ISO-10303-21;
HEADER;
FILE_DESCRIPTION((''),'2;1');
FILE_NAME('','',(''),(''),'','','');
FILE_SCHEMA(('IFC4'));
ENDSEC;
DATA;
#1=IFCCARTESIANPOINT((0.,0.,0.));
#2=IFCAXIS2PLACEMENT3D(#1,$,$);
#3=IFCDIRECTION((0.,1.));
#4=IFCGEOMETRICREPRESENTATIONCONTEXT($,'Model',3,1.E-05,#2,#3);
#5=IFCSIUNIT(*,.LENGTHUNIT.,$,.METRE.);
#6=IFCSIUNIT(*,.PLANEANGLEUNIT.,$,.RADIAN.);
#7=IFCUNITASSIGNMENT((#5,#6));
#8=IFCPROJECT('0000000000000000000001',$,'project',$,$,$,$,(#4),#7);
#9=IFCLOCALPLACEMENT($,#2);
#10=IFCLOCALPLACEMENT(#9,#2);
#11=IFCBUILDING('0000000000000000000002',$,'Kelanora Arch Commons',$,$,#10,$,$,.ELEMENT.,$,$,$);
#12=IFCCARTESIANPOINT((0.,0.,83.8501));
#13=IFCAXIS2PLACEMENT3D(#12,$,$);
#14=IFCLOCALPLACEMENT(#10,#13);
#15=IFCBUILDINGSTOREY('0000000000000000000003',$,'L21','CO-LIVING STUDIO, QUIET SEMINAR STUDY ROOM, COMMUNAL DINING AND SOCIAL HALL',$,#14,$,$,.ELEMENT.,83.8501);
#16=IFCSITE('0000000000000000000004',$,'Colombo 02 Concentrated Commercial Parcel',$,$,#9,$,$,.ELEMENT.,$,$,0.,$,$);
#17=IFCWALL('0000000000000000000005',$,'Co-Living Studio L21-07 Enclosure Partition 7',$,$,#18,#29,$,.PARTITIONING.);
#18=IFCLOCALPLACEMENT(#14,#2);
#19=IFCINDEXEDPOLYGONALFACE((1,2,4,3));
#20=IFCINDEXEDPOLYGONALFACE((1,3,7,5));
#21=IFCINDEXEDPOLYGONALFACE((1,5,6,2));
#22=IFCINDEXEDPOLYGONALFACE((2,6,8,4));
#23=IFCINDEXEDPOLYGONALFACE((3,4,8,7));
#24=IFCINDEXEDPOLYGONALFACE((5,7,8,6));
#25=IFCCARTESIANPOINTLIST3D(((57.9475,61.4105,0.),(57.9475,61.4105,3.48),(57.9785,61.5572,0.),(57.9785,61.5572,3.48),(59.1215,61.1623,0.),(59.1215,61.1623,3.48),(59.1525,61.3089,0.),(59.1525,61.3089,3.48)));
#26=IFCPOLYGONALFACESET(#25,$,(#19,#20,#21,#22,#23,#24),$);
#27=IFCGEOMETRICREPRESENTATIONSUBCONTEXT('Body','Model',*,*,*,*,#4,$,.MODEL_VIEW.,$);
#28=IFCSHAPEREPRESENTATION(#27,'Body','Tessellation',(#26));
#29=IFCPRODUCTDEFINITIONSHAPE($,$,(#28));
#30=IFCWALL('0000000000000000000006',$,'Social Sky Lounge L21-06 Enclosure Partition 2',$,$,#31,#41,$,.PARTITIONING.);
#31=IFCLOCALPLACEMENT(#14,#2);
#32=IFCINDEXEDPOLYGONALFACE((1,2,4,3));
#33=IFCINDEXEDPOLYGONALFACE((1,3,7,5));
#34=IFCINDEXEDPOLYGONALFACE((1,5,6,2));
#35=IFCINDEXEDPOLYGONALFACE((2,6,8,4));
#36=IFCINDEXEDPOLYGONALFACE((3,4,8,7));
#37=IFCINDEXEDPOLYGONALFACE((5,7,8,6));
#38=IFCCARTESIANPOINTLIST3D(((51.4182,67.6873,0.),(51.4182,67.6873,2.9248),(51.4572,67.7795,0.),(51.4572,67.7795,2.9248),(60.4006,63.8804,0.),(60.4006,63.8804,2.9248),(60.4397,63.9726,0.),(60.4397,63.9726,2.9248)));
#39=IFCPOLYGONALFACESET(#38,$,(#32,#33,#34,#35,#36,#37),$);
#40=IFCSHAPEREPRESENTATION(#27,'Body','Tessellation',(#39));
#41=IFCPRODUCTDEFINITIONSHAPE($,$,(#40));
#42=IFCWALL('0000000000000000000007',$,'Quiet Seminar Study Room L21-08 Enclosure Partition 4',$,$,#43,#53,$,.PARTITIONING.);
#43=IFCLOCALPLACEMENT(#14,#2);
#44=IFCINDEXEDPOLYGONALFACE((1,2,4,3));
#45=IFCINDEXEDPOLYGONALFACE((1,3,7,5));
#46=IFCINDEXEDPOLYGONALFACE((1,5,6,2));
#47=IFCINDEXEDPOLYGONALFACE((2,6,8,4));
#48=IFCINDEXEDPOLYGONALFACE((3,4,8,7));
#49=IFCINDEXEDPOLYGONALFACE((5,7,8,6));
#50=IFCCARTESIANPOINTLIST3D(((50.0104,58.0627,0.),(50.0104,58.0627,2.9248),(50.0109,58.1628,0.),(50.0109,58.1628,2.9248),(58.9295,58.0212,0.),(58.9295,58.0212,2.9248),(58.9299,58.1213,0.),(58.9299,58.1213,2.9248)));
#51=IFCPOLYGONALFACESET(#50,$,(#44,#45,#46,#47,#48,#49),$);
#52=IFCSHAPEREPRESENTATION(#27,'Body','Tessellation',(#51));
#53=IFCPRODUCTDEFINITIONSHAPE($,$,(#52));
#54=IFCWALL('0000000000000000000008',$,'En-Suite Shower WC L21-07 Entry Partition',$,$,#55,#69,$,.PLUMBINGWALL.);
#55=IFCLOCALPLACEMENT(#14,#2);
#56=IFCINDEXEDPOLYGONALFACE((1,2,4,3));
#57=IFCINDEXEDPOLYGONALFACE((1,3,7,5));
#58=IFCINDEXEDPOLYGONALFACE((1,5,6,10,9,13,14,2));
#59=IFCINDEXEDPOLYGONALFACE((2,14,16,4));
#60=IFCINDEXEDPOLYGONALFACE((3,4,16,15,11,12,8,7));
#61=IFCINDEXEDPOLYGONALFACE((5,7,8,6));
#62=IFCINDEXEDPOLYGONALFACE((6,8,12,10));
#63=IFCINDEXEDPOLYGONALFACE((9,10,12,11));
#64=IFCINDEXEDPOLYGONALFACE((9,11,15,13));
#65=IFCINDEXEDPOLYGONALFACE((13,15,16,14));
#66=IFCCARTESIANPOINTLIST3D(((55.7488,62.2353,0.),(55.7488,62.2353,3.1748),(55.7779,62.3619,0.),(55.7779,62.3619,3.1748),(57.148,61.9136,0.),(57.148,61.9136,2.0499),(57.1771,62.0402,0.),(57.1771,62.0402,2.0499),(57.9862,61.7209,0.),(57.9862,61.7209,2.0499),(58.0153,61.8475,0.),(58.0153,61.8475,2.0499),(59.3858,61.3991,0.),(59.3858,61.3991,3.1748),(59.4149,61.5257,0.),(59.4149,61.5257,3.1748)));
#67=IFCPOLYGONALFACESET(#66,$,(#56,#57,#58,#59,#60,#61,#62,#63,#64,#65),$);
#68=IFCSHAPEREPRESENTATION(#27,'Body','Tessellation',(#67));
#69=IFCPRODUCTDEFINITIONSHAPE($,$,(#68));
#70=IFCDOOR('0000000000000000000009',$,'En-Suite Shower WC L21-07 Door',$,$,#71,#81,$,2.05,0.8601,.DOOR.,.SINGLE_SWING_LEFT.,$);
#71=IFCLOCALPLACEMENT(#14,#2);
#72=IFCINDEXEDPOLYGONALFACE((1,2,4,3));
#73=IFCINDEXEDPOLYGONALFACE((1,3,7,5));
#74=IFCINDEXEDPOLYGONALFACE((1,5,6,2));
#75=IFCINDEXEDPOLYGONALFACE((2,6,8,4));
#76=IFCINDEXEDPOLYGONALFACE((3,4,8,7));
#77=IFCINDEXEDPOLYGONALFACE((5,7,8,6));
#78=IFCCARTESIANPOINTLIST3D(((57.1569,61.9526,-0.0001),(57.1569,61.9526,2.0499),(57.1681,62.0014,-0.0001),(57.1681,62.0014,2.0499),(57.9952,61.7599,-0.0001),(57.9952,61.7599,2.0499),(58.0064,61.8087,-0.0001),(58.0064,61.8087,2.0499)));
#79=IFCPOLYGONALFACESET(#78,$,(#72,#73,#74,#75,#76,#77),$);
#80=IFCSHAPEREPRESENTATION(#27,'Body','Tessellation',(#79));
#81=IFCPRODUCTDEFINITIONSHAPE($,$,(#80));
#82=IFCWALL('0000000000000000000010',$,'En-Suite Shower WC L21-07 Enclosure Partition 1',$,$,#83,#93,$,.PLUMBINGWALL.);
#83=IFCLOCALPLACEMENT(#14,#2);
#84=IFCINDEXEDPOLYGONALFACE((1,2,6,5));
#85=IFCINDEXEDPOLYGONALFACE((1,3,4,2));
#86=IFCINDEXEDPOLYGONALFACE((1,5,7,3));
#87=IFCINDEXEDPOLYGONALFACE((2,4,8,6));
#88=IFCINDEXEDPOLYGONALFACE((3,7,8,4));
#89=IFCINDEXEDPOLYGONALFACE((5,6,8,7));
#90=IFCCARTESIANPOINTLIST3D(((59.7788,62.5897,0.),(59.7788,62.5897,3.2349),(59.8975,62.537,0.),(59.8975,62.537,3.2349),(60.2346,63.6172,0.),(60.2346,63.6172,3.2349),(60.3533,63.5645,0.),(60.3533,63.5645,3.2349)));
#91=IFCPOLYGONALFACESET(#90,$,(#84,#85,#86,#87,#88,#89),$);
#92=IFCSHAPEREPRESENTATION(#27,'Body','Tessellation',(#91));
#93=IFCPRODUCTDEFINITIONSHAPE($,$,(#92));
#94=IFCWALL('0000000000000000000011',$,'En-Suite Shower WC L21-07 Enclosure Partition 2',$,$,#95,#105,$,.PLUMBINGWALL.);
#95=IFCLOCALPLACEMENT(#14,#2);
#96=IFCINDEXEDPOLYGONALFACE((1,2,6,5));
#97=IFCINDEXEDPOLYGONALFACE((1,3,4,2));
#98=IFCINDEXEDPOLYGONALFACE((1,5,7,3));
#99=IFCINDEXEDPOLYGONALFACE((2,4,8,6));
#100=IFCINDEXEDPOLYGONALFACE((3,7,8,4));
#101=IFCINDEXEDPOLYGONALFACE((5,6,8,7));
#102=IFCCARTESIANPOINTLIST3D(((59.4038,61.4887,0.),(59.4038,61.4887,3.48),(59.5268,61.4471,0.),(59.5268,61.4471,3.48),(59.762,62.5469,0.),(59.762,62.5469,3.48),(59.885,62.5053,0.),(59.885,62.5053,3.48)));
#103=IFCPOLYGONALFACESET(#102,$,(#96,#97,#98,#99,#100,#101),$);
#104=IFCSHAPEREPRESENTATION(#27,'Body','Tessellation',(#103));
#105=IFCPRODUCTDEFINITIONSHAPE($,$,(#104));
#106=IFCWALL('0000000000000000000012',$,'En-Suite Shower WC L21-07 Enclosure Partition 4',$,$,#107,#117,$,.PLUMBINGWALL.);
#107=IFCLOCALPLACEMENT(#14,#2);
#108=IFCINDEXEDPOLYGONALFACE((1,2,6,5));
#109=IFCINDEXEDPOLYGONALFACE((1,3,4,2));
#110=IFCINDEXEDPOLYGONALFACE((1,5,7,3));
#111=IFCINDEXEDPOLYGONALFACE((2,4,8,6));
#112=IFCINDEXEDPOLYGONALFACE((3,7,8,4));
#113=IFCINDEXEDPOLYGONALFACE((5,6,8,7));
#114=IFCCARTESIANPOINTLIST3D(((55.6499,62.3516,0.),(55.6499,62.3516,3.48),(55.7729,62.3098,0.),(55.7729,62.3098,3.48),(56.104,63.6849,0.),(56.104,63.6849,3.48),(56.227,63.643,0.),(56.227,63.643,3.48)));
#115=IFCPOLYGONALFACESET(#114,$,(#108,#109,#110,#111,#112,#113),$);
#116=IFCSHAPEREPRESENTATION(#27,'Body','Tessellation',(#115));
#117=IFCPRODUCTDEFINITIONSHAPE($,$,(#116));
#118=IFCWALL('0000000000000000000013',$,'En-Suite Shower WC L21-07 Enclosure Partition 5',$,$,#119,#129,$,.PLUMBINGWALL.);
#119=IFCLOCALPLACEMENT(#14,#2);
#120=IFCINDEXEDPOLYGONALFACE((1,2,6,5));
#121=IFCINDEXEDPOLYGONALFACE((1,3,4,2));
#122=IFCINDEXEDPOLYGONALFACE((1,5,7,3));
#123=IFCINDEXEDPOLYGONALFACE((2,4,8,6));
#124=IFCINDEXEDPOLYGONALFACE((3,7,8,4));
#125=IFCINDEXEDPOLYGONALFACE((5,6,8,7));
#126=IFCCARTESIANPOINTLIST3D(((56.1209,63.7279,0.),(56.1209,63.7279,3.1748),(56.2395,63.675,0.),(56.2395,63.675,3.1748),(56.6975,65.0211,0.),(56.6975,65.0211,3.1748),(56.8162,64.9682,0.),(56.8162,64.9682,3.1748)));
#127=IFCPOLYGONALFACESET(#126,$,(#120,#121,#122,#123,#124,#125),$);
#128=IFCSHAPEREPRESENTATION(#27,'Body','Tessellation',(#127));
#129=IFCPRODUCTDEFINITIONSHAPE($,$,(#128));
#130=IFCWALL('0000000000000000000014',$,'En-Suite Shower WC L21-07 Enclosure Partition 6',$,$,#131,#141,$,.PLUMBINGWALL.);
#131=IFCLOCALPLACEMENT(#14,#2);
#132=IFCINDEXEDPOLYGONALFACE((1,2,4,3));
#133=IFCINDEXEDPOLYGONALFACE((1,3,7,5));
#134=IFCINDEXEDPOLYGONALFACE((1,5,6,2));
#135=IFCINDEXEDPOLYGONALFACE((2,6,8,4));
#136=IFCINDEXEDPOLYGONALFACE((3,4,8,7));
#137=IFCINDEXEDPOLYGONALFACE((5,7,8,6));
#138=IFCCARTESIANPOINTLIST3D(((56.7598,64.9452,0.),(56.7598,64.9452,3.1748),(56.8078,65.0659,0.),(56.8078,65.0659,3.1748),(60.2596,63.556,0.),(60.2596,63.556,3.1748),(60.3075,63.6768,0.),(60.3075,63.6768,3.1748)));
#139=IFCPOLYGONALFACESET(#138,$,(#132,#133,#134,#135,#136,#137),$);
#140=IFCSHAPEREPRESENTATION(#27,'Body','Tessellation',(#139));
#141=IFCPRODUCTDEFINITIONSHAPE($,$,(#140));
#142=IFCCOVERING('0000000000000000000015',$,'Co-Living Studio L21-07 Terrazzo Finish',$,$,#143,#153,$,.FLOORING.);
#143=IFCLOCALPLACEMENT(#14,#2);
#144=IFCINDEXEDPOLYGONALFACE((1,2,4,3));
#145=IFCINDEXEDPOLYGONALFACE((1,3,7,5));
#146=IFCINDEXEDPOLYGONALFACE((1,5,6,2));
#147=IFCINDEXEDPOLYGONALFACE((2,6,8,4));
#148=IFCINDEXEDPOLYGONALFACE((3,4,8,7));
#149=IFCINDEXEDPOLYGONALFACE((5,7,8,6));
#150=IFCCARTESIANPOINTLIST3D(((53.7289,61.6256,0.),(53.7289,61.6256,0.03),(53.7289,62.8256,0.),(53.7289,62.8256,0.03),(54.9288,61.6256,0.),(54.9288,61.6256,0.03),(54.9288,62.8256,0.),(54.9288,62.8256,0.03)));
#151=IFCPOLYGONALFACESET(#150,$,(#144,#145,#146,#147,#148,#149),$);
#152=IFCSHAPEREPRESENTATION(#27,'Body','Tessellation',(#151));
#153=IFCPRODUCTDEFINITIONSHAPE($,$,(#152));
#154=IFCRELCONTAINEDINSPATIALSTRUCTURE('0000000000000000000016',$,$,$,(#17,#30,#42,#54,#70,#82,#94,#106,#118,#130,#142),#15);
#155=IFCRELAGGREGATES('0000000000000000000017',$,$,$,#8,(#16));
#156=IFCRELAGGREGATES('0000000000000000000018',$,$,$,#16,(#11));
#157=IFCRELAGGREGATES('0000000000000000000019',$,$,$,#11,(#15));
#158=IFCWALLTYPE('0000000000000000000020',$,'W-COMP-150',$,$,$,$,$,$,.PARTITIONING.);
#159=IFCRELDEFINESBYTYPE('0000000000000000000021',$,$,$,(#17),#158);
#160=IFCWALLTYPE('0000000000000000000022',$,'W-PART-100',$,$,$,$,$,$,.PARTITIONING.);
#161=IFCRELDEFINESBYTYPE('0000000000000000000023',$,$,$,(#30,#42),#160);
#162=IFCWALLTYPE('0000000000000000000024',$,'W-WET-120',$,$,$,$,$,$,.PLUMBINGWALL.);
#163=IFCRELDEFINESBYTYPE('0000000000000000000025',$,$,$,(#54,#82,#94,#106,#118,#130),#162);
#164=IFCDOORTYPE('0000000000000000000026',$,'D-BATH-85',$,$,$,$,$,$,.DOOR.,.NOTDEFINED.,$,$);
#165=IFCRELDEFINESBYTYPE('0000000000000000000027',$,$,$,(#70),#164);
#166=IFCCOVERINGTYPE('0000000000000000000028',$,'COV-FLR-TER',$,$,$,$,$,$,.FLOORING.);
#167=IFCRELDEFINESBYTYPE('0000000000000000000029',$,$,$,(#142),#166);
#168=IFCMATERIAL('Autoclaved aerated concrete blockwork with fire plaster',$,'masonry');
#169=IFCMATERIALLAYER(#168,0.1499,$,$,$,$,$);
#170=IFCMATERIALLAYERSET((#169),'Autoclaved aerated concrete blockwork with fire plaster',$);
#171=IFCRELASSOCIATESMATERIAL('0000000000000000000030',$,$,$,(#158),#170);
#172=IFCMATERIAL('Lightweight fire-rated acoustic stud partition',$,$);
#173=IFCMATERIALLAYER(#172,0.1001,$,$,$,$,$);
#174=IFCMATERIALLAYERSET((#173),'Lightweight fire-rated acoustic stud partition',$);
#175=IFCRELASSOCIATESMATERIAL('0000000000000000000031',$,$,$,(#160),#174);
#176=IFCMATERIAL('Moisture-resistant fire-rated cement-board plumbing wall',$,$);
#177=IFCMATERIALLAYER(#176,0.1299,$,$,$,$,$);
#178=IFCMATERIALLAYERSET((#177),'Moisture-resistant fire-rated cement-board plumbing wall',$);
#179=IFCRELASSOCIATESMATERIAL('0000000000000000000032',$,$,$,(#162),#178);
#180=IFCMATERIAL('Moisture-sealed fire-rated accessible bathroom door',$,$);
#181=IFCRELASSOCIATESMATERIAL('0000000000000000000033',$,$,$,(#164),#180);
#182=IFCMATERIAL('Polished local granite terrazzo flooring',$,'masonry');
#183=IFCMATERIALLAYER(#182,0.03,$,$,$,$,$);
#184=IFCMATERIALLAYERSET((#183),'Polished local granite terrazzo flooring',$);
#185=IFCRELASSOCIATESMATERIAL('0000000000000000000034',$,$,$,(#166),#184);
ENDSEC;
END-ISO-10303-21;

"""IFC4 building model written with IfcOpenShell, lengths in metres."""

from ifc_helpers import new_model, si_unit, direction, frame, frame_2d, origin, origin_2d, place, context, subcontext, project, spatial, rectangle, extrude, source, transform, mapped, material, layer, layer_set, type_object, element, fill, save


model = new_model("IFC4")

# Units and contexts
model_context = context("Model", 3, precision=1e-05, world=origin(), true_north=direction((0.0, 1.0)))
body_context = subcontext(model_context, "Body", "Model", "MODEL_VIEW")
ifc_project = project(units=[si_unit("LENGTHUNIT", "METRE"), si_unit("PLANEANGLEUNIT", "RADIAN")], contexts=[model_context])

# Site, building, storey
site_placement = place(None, origin())
site = spatial("IfcSite", under=ifc_project, at=site_placement, Name="Colombo 02 Concentrated Commercial Parcel", CompositionType="ELEMENT", RefElevation=0.0)
building_placement = place(site_placement, origin())
building = spatial("IfcBuilding", under=site, at=building_placement, Name="Kelanora Arch Commons", CompositionType="ELEMENT")
storey_placement = place(building_placement, frame((0.0, 0.0, 83.8501)))
storey = spatial("IfcBuildingStorey", under=building, at=storey_placement, Name="L21", Description="CO-LIVING STUDIO, QUIET SEMINAR STUDY ROOM, COMMUNAL DINING AND SOCIAL HALL", CompositionType="ELEMENT", Elevation=83.8501)

# Shared definitions
ifc_material_1 = material(Name="Autoclaved aerated concrete blockwork with fire plaster", Category="masonry")
ifc_layer_1 = layer(ifc_material_1, 0.1499)
ifc_layer_set_1 = layer_set([ifc_layer_1], Name="Autoclaved aerated concrete blockwork with fire plaster")
wall_type_1 = type_object("IfcWallType", Name="W-COMP-150", PredefinedType="PARTITIONING", material=ifc_layer_set_1)

# Walls
wall_1_placement = place(storey_placement, frame((57.9629, 61.4839, 0.0), z_axis=(0.0, 0.0, 1.0), x_axis=(0.978362, -0.206902, 0.0)))
element("IfcWall", 1, at=wall_1_placement, inside=storey, type_object=wall_type_1, Name="Co-Living Studio L21-07 Enclosure Partition 7", PredefinedType="PARTITIONING", context=body_context, shape_type="SweptSolid", body=[
    extrude(rectangle(XDim=1.2, YDim=0.1499, at=frame_2d((0.6001, 0.0))), origin(), (0.0, 0.0, 1.0), 3.48),
])
ifc_material_2 = material(Name="Lightweight fire-rated acoustic stud partition")
ifc_layer_2 = layer(ifc_material_2, 0.1001)
ifc_layer_set_2 = layer_set([ifc_layer_2], Name="Lightweight fire-rated acoustic stud partition")
wall_type_2 = type_object("IfcWallType", Name="W-PART-100", PredefinedType="PARTITIONING", material=ifc_layer_set_2)
wall_2_placement = place(storey_placement, frame((60.4202, 63.9265, 0.0), z_axis=(0.0, 0.0, 1.0), x_axis=(-0.920723, 0.390216, 0.0)))
element("IfcWall", 2, at=wall_2_placement, inside=storey, type_object=wall_type_2, Name="Social Sky Lounge L21-06 Enclosure Partition 2", PredefinedType="PARTITIONING", context=body_context, shape_type="SweptSolid", body=[
    extrude(rectangle(XDim=9.7559, YDim=0.1001, at=frame_2d((4.8779, 0.0))), origin(), (0.0, 0.0, 1.0), 2.9248),
])
wall_3_placement = place(storey_placement, frame((50.0107, 58.1128, 0.0), z_axis=(0.0, 0.0, 1.0), x_axis=(0.999989, -0.004653, 0.0)))
element("IfcWall", 3, at=wall_3_placement, inside=storey, type_object=wall_type_2, Name="Quiet Seminar Study Room L21-08 Enclosure Partition 4", PredefinedType="PARTITIONING", context=body_context, shape_type="SweptSolid", body=[
    extrude(rectangle(XDim=8.9192, YDim=0.1001, at=frame_2d((4.4595, 0.0))), origin(), (0.0, 0.0, 1.0), 2.9248),
])

# Wall, opening, door
ifc_material_3 = material(Name="Moisture-resistant fire-rated cement-board plumbing wall")
ifc_layer_3 = layer(ifc_material_3, 0.1299)
ifc_layer_set_3 = layer_set([ifc_layer_3], Name="Moisture-resistant fire-rated cement-board plumbing wall")
wall_type_3 = type_object("IfcWallType", Name="W-WET-120", PredefinedType="PLUMBINGWALL", material=ifc_layer_set_3)
wall_4_placement = place(storey_placement, frame((59.4004, 61.4624, 0.0), z_axis=(0.0, 0.0, 1.0), x_axis=(-0.974574, 0.224066, 0.0)))
wall_4 = element("IfcWall", 4, at=wall_4_placement, inside=storey, type_object=wall_type_3, Name="En-Suite Shower WC L21-07 Entry Partition", PredefinedType="PLUMBINGWALL", context=body_context, shape_type="SweptSolid", body=[
    extrude(rectangle(XDim=3.7319, YDim=0.1299, at=frame_2d((1.866, 0.0))), origin(), (0.0, 0.0, 1.0), 3.1748),
])
opening_1_placement = place(wall_4_placement, frame((1.436, 0.0, 0.0)))
opening_1 = element("IfcOpeningElement", 5, at=opening_1_placement, cuts=wall_4, PredefinedType="OPENING", context=body_context, shape_type="SweptSolid", body=[
    extrude(rectangle(XDim=0.8601, YDim=2.05, at=frame_2d((0.4302, 1.0249))), frame((0.0, 0.075, 0.0), z_axis=(0.0, -1.0, 0.0), x_axis=(1.0, 0.0, 0.0)), (0.0, 0.0, 1.0), 0.1499),
])
ifc_material_4 = material(Name="Moisture-sealed fire-rated accessible bathroom door")
door_type_1 = type_object("IfcDoorType", Name="D-BATH-85", OperationType="NOTDEFINED", PredefinedType="DOOR", material=ifc_material_4)
door_1_placement = place(opening_1_placement, origin())
door_1 = element("IfcDoor", 6, at=door_1_placement, inside=storey, type_object=door_type_1, Name="En-Suite Shower WC L21-07 Door", OperationType="SINGLE_SWING_LEFT", OverallHeight=2.05, OverallWidth=0.8601, PredefinedType="DOOR", context=body_context, shape_type="SweptSolid", body=[
    extrude(rectangle(XDim=0.8601, YDim=2.05, at=frame_2d((0.4302, 1.0249))), frame((0.0, 0.0249, 0.0), z_axis=(0.0, -1.0, 0.0), x_axis=(1.0, 0.0, 0.0)), (0.0, 0.0, 1.0), 0.05),
])
fill(opening_1, door_1)

# Walls
wall_5_placement = place(storey_placement, frame((60.2939, 63.5908, 0.0), z_axis=(0.0, 0.0, 1.0), x_axis=(-0.405473, -0.914107, 0.0)))
element("IfcWall", 7, at=wall_5_placement, inside=storey, type_object=wall_type_3, Name="En-Suite Shower WC L21-07 Enclosure Partition 1", PredefinedType="PLUMBINGWALL", context=body_context, shape_type="SweptSolid", body=[
    extrude(rectangle(XDim=1.124, YDim=0.1299, at=frame_2d((0.562, 0.0))), origin(), (0.0, 0.0, 1.0), 3.2349),
])
wall_6_placement = place(storey_placement, frame((59.8235, 62.5261, 0.0), z_axis=(0.0, 0.0, 1.0), x_axis=(-0.320617, -0.947209, 0.0)))
element("IfcWall", 8, at=wall_6_placement, inside=storey, type_object=wall_type_3, Name="En-Suite Shower WC L21-07 Enclosure Partition 2", PredefinedType="PLUMBINGWALL", context=body_context, shape_type="SweptSolid", body=[
    extrude(rectangle(XDim=1.1172, YDim=0.1299, at=frame_2d((0.5586, 0.0))), origin(), (0.0, 0.0, 1.0), 3.48),
])
wall_7_placement = place(storey_placement, frame((55.7114, 62.3308, 0.0), z_axis=(0.0, 0.0, 1.0), x_axis=(0.322409, 0.9466, 0.0)))
element("IfcWall", 9, at=wall_7_placement, inside=storey, type_object=wall_type_3, Name="En-Suite Shower WC L21-07 Enclosure Partition 4", PredefinedType="PLUMBINGWALL", context=body_context, shape_type="SweptSolid", body=[
    extrude(rectangle(XDim=1.4084, YDim=0.1299, at=frame_2d((0.7041, 0.0))), origin(), (0.0, 0.0, 1.0), 3.48),
])
wall_8_placement = place(storey_placement, frame((56.1802, 63.7014, 0.0), z_axis=(0.0, 0.0, 1.0), x_axis=(0.407258, 0.913313, 0.0)))
element("IfcWall", 10, at=wall_8_placement, inside=storey, type_object=wall_type_3, Name="En-Suite Shower WC L21-07 Enclosure Partition 5", PredefinedType="PLUMBINGWALL", context=body_context, shape_type="SweptSolid", body=[
    extrude(rectangle(XDim=1.416, YDim=0.1299, at=frame_2d((0.708, 0.0))), origin(), (0.0, 0.0, 1.0), 3.1748),
])
wall_9_placement = place(storey_placement, frame((56.7837, 65.0056, 0.0), z_axis=(0.0, 0.0, 1.0), x_axis=(0.929457, -0.36893, 0.0)))
element("IfcWall", 11, at=wall_9_placement, inside=storey, type_object=wall_type_3, Name="En-Suite Shower WC L21-07 Enclosure Partition 6", PredefinedType="PLUMBINGWALL", context=body_context, shape_type="SweptSolid", body=[
    extrude(rectangle(XDim=3.7654, YDim=0.1299, at=frame_2d((1.8828, 0.0))), origin(), (0.0, 0.0, 1.0), 3.1748),
])

# Covering
ifc_material_5 = material(Name="Polished local granite terrazzo flooring", Category="masonry")
ifc_layer_4 = layer(ifc_material_5, 0.03)
ifc_layer_set_4 = layer_set([ifc_layer_4], Name="Polished local granite terrazzo flooring")
covering_type = type_object("IfcCoveringType", Name="COV-FLR-TER", PredefinedType="FLOORING", material=ifc_layer_set_4)
shared_shape_1 = source(origin(), body_context, "Body", "SweptSolid", [
    extrude(rectangle(XDim=1.2, YDim=1.2, at=origin_2d()), origin(), (0.0, 0.0, 1.0), 0.03),
])
covering_placement = place(storey_placement, frame((54.3289, 62.2256, 0.0), z_axis=(0.0, 0.0, 1.0), x_axis=(1.0, 0.0, 0.0)))
element("IfcCovering", 12, at=covering_placement, inside=storey, type_object=covering_type, Name="Co-Living Studio L21-07 Terrazzo Finish", PredefinedType="FLOORING", context=body_context, shape_type="MappedRepresentation", body=[
    mapped(shared_shape_1, transform((0.0, 0.0, 0.0), scale=1.0)),
])

save(model, "model.ifc")
